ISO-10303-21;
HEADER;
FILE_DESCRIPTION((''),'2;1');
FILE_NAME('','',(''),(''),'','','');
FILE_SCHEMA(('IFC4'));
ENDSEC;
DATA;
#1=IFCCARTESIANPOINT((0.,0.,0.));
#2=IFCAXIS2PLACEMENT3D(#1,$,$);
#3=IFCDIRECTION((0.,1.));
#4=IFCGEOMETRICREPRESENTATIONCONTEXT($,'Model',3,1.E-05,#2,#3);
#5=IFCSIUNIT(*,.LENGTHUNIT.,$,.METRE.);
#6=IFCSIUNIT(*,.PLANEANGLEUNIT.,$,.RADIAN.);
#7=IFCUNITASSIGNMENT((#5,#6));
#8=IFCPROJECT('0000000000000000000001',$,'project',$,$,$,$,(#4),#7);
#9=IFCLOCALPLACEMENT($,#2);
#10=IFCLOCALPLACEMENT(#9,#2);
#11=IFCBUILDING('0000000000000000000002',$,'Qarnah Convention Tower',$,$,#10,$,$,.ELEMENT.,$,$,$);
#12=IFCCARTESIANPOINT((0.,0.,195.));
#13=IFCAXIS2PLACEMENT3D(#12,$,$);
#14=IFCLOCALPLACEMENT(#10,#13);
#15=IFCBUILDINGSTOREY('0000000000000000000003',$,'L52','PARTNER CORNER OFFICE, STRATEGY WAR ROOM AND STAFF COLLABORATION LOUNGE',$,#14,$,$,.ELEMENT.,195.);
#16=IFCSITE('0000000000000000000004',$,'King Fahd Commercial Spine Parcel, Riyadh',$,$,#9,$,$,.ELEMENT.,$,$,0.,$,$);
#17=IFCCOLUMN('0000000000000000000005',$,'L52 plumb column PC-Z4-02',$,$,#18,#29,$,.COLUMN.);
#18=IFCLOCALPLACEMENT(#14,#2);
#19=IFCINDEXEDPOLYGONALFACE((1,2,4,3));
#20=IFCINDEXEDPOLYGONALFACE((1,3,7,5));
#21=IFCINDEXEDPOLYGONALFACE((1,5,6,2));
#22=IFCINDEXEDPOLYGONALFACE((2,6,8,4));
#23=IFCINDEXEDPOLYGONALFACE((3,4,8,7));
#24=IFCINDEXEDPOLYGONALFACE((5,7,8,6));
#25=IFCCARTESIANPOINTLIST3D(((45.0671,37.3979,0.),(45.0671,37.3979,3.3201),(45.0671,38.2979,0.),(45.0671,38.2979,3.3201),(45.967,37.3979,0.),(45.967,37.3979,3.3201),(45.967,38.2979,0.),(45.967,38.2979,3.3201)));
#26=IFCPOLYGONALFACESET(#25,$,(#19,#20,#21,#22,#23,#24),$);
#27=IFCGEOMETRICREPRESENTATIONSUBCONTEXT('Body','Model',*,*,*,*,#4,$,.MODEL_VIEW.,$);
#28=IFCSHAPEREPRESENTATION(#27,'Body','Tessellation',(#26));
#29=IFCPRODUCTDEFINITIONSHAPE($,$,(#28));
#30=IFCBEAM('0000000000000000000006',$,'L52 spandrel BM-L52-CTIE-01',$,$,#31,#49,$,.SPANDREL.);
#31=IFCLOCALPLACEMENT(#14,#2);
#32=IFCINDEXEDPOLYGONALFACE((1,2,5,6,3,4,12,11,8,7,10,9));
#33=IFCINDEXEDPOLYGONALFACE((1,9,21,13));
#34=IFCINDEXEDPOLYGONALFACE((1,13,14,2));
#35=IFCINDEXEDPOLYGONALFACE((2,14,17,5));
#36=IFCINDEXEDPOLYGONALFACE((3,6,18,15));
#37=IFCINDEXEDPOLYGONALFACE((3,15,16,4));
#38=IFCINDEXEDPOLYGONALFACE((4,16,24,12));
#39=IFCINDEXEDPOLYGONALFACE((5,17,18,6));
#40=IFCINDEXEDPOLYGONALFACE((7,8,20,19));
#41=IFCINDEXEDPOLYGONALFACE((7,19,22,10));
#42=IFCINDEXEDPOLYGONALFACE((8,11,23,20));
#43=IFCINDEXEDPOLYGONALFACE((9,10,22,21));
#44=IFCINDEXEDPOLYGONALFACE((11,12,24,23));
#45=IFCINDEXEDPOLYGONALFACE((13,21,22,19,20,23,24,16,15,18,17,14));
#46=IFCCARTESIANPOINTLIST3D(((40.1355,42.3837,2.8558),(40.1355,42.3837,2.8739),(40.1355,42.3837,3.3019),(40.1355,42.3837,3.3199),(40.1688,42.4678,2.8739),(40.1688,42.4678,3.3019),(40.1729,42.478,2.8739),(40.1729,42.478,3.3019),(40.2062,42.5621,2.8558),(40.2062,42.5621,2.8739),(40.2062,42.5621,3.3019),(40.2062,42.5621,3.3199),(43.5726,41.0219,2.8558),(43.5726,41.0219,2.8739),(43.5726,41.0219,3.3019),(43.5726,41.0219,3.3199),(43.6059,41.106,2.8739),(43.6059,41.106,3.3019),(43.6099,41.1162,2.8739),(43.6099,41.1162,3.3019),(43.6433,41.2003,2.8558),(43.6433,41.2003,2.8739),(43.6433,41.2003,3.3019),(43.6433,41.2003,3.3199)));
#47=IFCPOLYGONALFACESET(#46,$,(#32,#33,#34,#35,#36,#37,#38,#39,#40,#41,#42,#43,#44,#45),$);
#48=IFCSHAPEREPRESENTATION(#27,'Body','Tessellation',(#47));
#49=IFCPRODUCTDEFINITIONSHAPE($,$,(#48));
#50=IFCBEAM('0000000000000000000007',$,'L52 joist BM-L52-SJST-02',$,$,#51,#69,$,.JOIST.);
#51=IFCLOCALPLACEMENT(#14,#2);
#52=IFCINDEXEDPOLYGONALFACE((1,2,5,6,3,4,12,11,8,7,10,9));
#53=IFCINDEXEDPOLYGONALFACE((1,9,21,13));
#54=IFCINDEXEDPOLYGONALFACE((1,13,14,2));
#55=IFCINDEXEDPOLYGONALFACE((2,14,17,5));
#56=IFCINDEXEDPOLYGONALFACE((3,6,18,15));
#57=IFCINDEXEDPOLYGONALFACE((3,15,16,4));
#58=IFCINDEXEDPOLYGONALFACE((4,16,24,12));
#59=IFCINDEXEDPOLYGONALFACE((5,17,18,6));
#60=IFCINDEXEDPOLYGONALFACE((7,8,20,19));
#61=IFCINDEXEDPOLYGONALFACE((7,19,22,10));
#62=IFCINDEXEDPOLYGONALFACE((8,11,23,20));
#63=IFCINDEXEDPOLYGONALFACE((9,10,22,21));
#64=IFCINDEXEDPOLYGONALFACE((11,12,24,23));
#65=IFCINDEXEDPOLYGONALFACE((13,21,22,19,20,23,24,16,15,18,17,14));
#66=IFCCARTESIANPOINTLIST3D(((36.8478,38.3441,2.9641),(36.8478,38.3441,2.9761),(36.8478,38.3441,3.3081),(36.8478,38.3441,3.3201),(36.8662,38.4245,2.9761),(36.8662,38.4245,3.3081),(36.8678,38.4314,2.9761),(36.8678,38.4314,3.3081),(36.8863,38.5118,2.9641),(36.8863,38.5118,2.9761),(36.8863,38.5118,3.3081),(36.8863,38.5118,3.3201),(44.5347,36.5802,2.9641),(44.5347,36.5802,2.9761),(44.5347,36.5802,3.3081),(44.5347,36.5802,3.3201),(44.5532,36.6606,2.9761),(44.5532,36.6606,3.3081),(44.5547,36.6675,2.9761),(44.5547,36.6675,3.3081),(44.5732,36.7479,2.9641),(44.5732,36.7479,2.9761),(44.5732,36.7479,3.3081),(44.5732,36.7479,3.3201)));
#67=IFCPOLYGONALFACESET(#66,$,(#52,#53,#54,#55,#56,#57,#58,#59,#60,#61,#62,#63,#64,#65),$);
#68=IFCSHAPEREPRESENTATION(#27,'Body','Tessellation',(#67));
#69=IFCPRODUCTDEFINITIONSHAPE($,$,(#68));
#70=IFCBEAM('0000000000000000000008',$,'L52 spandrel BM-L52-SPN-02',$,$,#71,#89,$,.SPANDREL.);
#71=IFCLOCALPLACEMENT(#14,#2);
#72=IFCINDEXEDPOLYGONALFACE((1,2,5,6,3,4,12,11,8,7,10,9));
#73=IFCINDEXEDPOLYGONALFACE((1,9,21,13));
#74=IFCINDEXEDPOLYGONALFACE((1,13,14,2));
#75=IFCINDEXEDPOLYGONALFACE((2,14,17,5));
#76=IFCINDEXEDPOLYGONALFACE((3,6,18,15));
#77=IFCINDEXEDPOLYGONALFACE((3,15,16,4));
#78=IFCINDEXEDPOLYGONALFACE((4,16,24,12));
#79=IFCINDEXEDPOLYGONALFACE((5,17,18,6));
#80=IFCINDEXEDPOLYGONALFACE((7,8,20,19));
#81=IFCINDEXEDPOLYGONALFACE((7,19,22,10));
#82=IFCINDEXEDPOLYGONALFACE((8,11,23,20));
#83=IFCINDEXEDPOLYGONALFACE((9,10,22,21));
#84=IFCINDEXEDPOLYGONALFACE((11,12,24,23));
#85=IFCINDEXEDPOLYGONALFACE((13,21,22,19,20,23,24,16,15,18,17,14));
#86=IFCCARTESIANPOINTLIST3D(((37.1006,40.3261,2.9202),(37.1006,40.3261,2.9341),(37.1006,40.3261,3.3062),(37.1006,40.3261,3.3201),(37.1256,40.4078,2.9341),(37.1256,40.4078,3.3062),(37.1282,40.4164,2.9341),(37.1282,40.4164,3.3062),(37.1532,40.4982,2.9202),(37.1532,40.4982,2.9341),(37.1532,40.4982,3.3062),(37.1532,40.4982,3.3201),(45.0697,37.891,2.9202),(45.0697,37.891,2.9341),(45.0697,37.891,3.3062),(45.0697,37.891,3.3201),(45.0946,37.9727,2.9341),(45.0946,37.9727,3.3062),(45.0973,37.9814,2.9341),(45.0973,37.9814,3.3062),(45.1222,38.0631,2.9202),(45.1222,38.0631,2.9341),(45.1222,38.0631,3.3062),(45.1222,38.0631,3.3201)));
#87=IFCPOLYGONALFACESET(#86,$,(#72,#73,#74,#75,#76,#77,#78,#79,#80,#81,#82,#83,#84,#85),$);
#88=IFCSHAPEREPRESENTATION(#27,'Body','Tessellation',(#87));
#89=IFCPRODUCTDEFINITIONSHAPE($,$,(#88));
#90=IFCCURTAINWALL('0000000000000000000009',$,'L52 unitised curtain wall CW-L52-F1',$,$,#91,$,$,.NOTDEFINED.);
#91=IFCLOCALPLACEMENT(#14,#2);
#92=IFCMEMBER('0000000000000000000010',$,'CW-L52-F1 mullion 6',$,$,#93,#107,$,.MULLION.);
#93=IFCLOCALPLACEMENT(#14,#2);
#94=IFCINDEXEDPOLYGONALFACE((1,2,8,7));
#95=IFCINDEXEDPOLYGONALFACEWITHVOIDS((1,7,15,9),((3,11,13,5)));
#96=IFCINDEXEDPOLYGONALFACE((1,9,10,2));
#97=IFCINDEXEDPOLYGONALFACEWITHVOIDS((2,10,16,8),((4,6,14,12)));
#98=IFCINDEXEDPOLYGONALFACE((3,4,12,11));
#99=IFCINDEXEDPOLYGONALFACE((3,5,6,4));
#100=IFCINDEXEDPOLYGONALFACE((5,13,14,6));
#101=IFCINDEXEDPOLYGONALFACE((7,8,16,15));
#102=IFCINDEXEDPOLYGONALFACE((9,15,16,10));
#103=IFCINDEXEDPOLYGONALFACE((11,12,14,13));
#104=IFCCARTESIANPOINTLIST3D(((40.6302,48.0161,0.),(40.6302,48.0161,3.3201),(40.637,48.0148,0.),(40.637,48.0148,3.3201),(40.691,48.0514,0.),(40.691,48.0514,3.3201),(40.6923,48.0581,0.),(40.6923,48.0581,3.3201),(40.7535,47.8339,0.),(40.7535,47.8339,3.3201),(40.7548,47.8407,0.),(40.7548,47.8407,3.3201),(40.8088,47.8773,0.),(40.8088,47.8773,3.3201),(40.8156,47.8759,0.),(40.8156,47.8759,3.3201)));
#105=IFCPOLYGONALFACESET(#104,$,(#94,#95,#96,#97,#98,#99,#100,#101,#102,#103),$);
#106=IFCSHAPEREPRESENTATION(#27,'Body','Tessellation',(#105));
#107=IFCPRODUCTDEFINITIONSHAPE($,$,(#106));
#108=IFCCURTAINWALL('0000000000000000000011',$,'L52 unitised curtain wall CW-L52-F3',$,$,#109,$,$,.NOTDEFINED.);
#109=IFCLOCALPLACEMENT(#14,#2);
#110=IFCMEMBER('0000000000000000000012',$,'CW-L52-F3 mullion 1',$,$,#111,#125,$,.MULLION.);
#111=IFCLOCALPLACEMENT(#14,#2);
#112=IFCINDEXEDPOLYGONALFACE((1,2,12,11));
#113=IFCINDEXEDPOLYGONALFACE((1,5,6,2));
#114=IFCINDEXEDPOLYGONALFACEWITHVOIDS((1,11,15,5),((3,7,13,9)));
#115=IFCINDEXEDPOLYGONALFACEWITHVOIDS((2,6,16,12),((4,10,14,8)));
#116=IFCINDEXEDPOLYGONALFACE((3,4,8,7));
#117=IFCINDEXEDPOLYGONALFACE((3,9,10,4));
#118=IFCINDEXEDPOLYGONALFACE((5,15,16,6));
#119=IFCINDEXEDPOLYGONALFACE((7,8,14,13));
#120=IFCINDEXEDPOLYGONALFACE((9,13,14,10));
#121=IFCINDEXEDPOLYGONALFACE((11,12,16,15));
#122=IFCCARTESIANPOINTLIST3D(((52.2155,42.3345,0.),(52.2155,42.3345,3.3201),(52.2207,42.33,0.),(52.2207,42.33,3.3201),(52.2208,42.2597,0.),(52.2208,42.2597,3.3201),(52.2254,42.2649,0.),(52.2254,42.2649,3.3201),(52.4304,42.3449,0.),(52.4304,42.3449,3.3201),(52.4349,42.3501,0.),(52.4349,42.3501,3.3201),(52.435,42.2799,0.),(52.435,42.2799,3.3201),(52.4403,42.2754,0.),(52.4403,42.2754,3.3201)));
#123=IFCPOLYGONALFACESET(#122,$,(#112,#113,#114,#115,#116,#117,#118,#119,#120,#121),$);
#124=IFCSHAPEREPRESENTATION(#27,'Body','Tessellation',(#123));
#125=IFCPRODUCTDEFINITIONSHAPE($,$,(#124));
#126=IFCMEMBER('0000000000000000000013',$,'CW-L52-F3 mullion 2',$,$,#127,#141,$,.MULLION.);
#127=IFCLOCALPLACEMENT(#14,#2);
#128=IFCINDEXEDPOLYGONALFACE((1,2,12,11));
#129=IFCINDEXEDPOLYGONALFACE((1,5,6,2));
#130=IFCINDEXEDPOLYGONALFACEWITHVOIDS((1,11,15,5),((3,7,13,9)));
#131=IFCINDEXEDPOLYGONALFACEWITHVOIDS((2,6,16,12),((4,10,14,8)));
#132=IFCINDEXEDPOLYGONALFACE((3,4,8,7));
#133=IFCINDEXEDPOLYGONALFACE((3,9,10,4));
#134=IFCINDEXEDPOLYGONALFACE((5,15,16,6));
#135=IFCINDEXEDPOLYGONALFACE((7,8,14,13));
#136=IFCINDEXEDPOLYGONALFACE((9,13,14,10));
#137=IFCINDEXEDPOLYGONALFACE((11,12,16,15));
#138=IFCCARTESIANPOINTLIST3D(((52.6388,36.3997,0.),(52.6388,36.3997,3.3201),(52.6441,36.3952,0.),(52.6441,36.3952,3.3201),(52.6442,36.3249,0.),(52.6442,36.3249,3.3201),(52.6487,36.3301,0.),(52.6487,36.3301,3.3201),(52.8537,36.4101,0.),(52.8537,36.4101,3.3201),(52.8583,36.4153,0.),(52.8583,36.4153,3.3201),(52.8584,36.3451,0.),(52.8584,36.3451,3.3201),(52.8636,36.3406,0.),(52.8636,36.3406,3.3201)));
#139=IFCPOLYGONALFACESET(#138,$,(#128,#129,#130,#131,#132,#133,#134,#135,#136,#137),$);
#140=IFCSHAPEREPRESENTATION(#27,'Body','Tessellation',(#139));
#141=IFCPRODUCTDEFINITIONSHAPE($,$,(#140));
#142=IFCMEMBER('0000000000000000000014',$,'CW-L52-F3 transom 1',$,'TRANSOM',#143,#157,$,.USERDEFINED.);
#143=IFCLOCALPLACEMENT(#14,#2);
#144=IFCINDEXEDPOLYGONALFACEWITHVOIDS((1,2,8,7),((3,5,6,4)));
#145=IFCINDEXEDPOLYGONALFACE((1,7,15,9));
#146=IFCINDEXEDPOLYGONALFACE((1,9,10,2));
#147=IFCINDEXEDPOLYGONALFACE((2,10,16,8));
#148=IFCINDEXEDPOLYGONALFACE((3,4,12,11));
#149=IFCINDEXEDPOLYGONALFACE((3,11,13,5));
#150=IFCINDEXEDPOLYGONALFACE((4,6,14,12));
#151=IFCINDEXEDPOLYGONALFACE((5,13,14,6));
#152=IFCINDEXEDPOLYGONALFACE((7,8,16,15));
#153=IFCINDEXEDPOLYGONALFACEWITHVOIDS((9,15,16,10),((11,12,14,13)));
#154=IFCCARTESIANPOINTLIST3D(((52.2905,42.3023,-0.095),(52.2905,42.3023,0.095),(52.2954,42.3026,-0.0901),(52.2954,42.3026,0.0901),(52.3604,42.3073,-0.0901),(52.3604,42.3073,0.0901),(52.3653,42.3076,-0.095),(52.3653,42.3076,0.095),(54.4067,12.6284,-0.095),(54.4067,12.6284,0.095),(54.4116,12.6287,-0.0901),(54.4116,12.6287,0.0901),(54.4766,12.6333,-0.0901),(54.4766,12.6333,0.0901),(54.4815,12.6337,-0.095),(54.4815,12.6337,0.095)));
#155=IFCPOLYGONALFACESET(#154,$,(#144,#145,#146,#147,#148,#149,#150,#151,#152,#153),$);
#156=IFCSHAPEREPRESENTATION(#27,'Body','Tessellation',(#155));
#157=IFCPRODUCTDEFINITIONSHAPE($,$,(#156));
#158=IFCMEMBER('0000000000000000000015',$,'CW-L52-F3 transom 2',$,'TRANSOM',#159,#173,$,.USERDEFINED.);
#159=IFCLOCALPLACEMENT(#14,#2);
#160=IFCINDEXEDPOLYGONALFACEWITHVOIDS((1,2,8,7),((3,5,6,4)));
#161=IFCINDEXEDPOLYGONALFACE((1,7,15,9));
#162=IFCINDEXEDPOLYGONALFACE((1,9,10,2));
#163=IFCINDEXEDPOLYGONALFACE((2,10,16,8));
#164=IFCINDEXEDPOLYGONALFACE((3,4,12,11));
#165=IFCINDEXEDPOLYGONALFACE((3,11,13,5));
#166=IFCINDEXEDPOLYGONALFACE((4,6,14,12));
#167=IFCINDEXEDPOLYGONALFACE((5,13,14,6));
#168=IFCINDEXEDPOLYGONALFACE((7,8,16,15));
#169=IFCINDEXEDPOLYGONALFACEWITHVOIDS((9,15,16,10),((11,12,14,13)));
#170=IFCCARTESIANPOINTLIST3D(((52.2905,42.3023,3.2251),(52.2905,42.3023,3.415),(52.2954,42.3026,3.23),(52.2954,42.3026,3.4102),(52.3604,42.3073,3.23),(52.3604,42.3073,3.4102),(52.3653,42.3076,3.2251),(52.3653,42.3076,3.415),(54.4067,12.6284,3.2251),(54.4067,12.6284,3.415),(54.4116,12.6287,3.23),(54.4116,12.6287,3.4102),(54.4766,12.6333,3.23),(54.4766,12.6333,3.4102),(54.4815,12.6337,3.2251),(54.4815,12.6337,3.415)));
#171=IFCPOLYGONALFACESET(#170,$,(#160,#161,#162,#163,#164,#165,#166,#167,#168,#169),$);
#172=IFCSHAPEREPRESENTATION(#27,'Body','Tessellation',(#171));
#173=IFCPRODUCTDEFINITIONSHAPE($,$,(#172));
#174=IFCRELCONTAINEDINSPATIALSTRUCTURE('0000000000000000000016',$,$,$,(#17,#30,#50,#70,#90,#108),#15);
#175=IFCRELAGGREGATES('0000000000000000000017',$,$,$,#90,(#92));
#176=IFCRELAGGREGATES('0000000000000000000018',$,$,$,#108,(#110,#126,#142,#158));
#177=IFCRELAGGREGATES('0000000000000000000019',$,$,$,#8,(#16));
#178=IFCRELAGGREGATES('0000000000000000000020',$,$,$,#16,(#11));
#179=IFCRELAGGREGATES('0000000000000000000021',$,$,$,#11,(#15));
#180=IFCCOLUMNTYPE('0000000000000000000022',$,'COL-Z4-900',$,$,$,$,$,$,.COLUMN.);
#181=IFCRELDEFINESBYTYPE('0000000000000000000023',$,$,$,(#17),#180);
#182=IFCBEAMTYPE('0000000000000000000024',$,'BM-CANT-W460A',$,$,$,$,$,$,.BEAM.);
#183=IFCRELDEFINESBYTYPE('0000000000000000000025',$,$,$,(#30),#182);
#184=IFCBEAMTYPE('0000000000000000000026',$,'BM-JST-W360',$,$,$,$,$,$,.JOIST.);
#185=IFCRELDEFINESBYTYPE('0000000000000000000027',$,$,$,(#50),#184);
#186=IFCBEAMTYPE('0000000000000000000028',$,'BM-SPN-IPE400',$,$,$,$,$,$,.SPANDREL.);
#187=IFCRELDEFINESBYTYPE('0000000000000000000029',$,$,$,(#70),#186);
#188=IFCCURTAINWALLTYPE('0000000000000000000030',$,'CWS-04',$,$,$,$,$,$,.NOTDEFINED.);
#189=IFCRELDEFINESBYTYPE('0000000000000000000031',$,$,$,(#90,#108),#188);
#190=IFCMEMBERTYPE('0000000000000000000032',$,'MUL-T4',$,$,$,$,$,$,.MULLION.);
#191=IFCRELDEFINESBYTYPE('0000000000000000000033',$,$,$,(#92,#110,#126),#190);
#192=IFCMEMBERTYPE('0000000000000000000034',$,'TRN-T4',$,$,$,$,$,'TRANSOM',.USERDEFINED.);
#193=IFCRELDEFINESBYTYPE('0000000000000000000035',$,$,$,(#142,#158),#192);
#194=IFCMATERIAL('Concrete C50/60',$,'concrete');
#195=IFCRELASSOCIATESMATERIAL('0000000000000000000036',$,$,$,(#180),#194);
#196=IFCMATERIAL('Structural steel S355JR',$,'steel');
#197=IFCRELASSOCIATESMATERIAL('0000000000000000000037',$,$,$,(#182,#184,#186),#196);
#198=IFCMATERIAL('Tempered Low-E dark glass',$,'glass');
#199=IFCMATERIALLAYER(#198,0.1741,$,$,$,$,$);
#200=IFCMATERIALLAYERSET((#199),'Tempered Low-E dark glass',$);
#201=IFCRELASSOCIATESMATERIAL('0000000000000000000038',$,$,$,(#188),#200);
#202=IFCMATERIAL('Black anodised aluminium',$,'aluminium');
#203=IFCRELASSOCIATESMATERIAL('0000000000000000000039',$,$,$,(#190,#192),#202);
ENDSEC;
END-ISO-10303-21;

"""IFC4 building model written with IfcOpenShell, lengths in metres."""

from ifc_helpers import new_model, si_unit, direction, frame, origin, origin_2d, place, context, subcontext, project, spatial, rectangle, hollow_rectangle, i_section, extrude, material, layer, layer_set, material_profile, profile_set, type_object, element, aggregate, save


model = new_model("IFC4")

# Units and contexts
model_context = context("Model", 3, precision=1e-05, world=origin(), true_north=direction((0.0, 1.0)))
body_context = subcontext(model_context, "Body", "Model", "MODEL_VIEW")
ifc_project = project(units=[si_unit("LENGTHUNIT", "METRE"), si_unit("PLANEANGLEUNIT", "RADIAN")], contexts=[model_context])

# Site, building, storey
site_placement = place(None, origin())
site = spatial("IfcSite", under=ifc_project, at=site_placement, Name="King Fahd Commercial Spine Parcel, Riyadh", CompositionType="ELEMENT", RefElevation=0.0)
building_placement = place(site_placement, origin())
building = spatial("IfcBuilding", under=site, at=building_placement, Name="Qarnah Convention Tower", CompositionType="ELEMENT")
storey_placement = place(building_placement, frame((0.0, 0.0, 195.0)))
storey = spatial("IfcBuildingStorey", under=building, at=storey_placement, Name="L52", Description="PARTNER CORNER OFFICE, STRATEGY WAR ROOM AND STAFF COLLABORATION LOUNGE", CompositionType="ELEMENT", Elevation=195.0)

# Column
ifc_material_1 = material(Name="Concrete C50/60", Category="concrete")
ifc_material_profile_1 = material_profile(ifc_material_1, rectangle(XDim=0.8999, YDim=0.8999, at=origin_2d()), Name="RC-COL-900X900")
ifc_profile_set_1 = profile_set([ifc_material_profile_1], Name="Concrete C50/60")
column_type = type_object("IfcColumnType", Name="COL-Z4-900", PredefinedType="COLUMN", material=ifc_profile_set_1)
column_placement = place(storey_placement, frame((45.5171, 37.8479, 0.0), z_axis=(0.0, 0.0, 1.0), x_axis=(1.0, 0.0, 0.0)))
element("IfcColumn", 1, at=column_placement, inside=storey, type_object=column_type, Name="L52 plumb column PC-Z4-02", PredefinedType="COLUMN", context=body_context, shape_type="SweptSolid", body=[
    extrude(rectangle(XDim=0.8999, YDim=0.8999, at=origin_2d()), origin(), (0.0, 0.0, 1.0), 3.3201),
])

# Beams
ifc_material_2 = material(Name="Structural steel S355JR", Category="steel")
ifc_material_profile_2 = material_profile(ifc_material_2, i_section(OverallWidth=0.1919, OverallDepth=0.4641, WebThickness=0.011, FlangeThickness=0.0181, at=origin_2d()), Name="W460X89")
ifc_profile_set_2 = profile_set([ifc_material_profile_2], Name="Structural steel S355JR")
beam_type_1 = type_object("IfcBeamType", Name="BM-CANT-W460A", PredefinedType="BEAM", material=ifc_profile_set_2)
beam_1_placement = place(storey_placement, frame((43.6079, 41.1111, 3.0879), z_axis=(-0.929683, 0.36836, 0.0), x_axis=(-0.36836, -0.929683, 0.0)))
element("IfcBeam", 2, at=beam_1_placement, inside=storey, type_object=beam_type_1, Name="L52 spandrel BM-L52-CTIE-01", PredefinedType="SPANDREL", context=body_context, shape_type="SweptSolid", body=[
    extrude(i_section(OverallWidth=0.1919, OverallDepth=0.4641, WebThickness=0.011, FlangeThickness=0.0181, at=origin_2d()), origin(), (0.0, 0.0, 1.0), 3.697),
])
ifc_material_profile_3 = material_profile(ifc_material_2, i_section(OverallWidth=0.1721, OverallDepth=0.356, WebThickness=0.0071, FlangeThickness=0.012, at=origin_2d()), Name="W360X51")
ifc_profile_set_3 = profile_set([ifc_material_profile_3], Name="Structural steel S355JR")
beam_type_2 = type_object("IfcBeamType", Name="BM-JST-W360", PredefinedType="JOIST", material=ifc_profile_set_3)
beam_2_placement = place(storey_placement, frame((44.554, 36.6641, 3.1421), z_axis=(-0.974669, 0.223654, 0.0), x_axis=(-0.223654, -0.974669, 0.0)))
element("IfcBeam", 3, at=beam_2_placement, inside=storey, type_object=beam_type_2, Name="L52 joist BM-L52-SJST-02", PredefinedType="JOIST", context=body_context, shape_type="SweptSolid", body=[
    extrude(i_section(OverallWidth=0.1721, OverallDepth=0.356, WebThickness=0.0071, FlangeThickness=0.012, at=origin_2d()), origin(), (0.0, 0.0, 1.0), 7.8867),
])
ifc_material_profile_4 = material_profile(ifc_material_2, i_section(OverallWidth=0.1799, OverallDepth=0.3999, WebThickness=0.009, FlangeThickness=0.0139, at=origin_2d()), Name="IPE400")
ifc_profile_set_4 = profile_set([ifc_material_profile_4], Name="Structural steel S355JR")
beam_type_3 = type_object("IfcBeamType", Name="BM-SPN-IPE400", PredefinedType="SPANDREL", material=ifc_profile_set_4)
beam_3_placement = place(storey_placement, frame((45.0959, 37.9771, 3.1201), z_axis=(-0.956349, 0.292228, 0.0), x_axis=(-0.292228, -0.956349, 0.0)))
element("IfcBeam", 4, at=beam_3_placement, inside=storey, type_object=beam_type_3, Name="L52 spandrel BM-L52-SPN-02", PredefinedType="SPANDREL", context=body_context, shape_type="SweptSolid", body=[
    extrude(i_section(OverallWidth=0.1799, OverallDepth=0.3999, WebThickness=0.009, FlangeThickness=0.0139, at=origin_2d()), origin(), (0.0, 0.0, 1.0), 8.3328),
])

# Curtain wall, member
ifc_material_3 = material(Name="Tempered Low-E dark glass", Category="glass")
ifc_layer_1 = layer(ifc_material_3, 0.1741)
ifc_layer_set_1 = layer_set([ifc_layer_1], Name="Tempered Low-E dark glass")
curtain_wall_type = type_object("IfcCurtainWallType", Name="CWS-04", PredefinedType="NOTDEFINED", material=ifc_layer_set_1)
curtain_wall_1_placement = place(storey_placement, origin())
curtain_wall_1 = element("IfcCurtainWall", 5, at=curtain_wall_1_placement, inside=storey, type_object=curtain_wall_type, Name="L52 unitised curtain wall CW-L52-F1", PredefinedType="NOTDEFINED")
ifc_material_4 = material(Name="Black anodised aluminium", Category="aluminium")
ifc_material_profile_5 = material_profile(ifc_material_4, hollow_rectangle(XDim=0.075, YDim=0.22, WallThickness=0.0049, at=origin_2d()), Name="MUL-75X220")
ifc_profile_set_5 = profile_set([ifc_material_profile_5], Name="Black anodised aluminium")
member_type_1 = type_object("IfcMemberType", Name="MUL-T4", PredefinedType="MULLION", material=ifc_profile_set_5)
member_1_placement = place(storey_placement, frame((40.7229, 47.946, 0.0), z_axis=(0.0, 0.0, 1.0), x_axis=(0.828251, 0.560358, 0.0)))
member_1 = element("IfcMember", 6, at=member_1_placement, type_object=member_type_1, Name="CW-L52-F1 mullion 6", PredefinedType="MULLION", context=body_context, shape_type="SweptSolid", body=[
    extrude(hollow_rectangle(XDim=0.075, YDim=0.22, WallThickness=0.0049, at=origin_2d()), origin(), (0.0, 0.0, 1.0), 3.3201),
])

# Curtain wall, members
curtain_wall_2_placement = place(storey_placement, origin())
curtain_wall_2 = element("IfcCurtainWall", 7, at=curtain_wall_2_placement, inside=storey, type_object=curtain_wall_type, Name="L52 unitised curtain wall CW-L52-F3", PredefinedType="NOTDEFINED")
member_2_placement = place(storey_placement, frame((52.3279, 42.3049, 0.0), z_axis=(0.0, 0.0, 1.0), x_axis=(0.071128, -0.997467, 0.0)))
member_2 = element("IfcMember", 8, at=member_2_placement, type_object=member_type_1, Name="CW-L52-F3 mullion 1", PredefinedType="MULLION", context=body_context, shape_type="SweptSolid", body=[
    extrude(hollow_rectangle(XDim=0.075, YDim=0.22, WallThickness=0.0049, at=origin_2d()), origin(), (0.0, 0.0, 1.0), 3.3201),
])
member_3_placement = place(storey_placement, frame((52.7512, 36.3701, 0.0), z_axis=(0.0, 0.0, 1.0), x_axis=(0.071128, -0.997467, 0.0)))
member_3 = element("IfcMember", 9, at=member_3_placement, type_object=member_type_1, Name="CW-L52-F3 mullion 2", PredefinedType="MULLION", context=body_context, shape_type="SweptSolid", body=[
    extrude(hollow_rectangle(XDim=0.075, YDim=0.22, WallThickness=0.0049, at=origin_2d()), origin(), (0.0, 0.0, 1.0), 3.3201),
])
ifc_material_profile_6 = material_profile(ifc_material_4, hollow_rectangle(XDim=0.075, YDim=0.1899, WallThickness=0.0049, at=origin_2d()), Name="TRN-75X190")
ifc_profile_set_6 = profile_set([ifc_material_profile_6], Name="Black anodised aluminium")
member_type_2 = type_object("IfcMemberType", Name="TRN-T4", ElementType="TRANSOM", PredefinedType="USERDEFINED", material=ifc_profile_set_6)
member_4_placement = place(storey_placement, frame((52.3279, 42.3049, 0.0), z_axis=(0.071135, -0.997467, 0.0), x_axis=(0.997467, 0.071135, 0.0)))
member_4 = element("IfcMember", 10, at=member_4_placement, type_object=member_type_2, Name="CW-L52-F3 transom 1", ObjectType="TRANSOM", PredefinedType="USERDEFINED", context=body_context, shape_type="SweptSolid", body=[
    extrude(hollow_rectangle(XDim=0.075, YDim=0.1899, WallThickness=0.0049, at=origin_2d()), origin(), (0.0, 0.0, 1.0), 29.7493),
])
member_5_placement = place(storey_placement, frame((52.3279, 42.3049, 3.3201), z_axis=(0.071135, -0.997467, 0.0), x_axis=(0.997467, 0.071135, 0.0)))
member_5 = element("IfcMember", 11, at=member_5_placement, type_object=member_type_2, Name="CW-L52-F3 transom 2", ObjectType="TRANSOM", PredefinedType="USERDEFINED", context=body_context, shape_type="SweptSolid", body=[
    extrude(hollow_rectangle(XDim=0.075, YDim=0.1899, WallThickness=0.0049, at=origin_2d()), origin(), (0.0, 0.0, 1.0), 29.7493),
])

aggregate(curtain_wall_1, [member_1])
aggregate(curtain_wall_2, [member_2, member_3, member_4, member_5])

save(model, "model.ifc")
